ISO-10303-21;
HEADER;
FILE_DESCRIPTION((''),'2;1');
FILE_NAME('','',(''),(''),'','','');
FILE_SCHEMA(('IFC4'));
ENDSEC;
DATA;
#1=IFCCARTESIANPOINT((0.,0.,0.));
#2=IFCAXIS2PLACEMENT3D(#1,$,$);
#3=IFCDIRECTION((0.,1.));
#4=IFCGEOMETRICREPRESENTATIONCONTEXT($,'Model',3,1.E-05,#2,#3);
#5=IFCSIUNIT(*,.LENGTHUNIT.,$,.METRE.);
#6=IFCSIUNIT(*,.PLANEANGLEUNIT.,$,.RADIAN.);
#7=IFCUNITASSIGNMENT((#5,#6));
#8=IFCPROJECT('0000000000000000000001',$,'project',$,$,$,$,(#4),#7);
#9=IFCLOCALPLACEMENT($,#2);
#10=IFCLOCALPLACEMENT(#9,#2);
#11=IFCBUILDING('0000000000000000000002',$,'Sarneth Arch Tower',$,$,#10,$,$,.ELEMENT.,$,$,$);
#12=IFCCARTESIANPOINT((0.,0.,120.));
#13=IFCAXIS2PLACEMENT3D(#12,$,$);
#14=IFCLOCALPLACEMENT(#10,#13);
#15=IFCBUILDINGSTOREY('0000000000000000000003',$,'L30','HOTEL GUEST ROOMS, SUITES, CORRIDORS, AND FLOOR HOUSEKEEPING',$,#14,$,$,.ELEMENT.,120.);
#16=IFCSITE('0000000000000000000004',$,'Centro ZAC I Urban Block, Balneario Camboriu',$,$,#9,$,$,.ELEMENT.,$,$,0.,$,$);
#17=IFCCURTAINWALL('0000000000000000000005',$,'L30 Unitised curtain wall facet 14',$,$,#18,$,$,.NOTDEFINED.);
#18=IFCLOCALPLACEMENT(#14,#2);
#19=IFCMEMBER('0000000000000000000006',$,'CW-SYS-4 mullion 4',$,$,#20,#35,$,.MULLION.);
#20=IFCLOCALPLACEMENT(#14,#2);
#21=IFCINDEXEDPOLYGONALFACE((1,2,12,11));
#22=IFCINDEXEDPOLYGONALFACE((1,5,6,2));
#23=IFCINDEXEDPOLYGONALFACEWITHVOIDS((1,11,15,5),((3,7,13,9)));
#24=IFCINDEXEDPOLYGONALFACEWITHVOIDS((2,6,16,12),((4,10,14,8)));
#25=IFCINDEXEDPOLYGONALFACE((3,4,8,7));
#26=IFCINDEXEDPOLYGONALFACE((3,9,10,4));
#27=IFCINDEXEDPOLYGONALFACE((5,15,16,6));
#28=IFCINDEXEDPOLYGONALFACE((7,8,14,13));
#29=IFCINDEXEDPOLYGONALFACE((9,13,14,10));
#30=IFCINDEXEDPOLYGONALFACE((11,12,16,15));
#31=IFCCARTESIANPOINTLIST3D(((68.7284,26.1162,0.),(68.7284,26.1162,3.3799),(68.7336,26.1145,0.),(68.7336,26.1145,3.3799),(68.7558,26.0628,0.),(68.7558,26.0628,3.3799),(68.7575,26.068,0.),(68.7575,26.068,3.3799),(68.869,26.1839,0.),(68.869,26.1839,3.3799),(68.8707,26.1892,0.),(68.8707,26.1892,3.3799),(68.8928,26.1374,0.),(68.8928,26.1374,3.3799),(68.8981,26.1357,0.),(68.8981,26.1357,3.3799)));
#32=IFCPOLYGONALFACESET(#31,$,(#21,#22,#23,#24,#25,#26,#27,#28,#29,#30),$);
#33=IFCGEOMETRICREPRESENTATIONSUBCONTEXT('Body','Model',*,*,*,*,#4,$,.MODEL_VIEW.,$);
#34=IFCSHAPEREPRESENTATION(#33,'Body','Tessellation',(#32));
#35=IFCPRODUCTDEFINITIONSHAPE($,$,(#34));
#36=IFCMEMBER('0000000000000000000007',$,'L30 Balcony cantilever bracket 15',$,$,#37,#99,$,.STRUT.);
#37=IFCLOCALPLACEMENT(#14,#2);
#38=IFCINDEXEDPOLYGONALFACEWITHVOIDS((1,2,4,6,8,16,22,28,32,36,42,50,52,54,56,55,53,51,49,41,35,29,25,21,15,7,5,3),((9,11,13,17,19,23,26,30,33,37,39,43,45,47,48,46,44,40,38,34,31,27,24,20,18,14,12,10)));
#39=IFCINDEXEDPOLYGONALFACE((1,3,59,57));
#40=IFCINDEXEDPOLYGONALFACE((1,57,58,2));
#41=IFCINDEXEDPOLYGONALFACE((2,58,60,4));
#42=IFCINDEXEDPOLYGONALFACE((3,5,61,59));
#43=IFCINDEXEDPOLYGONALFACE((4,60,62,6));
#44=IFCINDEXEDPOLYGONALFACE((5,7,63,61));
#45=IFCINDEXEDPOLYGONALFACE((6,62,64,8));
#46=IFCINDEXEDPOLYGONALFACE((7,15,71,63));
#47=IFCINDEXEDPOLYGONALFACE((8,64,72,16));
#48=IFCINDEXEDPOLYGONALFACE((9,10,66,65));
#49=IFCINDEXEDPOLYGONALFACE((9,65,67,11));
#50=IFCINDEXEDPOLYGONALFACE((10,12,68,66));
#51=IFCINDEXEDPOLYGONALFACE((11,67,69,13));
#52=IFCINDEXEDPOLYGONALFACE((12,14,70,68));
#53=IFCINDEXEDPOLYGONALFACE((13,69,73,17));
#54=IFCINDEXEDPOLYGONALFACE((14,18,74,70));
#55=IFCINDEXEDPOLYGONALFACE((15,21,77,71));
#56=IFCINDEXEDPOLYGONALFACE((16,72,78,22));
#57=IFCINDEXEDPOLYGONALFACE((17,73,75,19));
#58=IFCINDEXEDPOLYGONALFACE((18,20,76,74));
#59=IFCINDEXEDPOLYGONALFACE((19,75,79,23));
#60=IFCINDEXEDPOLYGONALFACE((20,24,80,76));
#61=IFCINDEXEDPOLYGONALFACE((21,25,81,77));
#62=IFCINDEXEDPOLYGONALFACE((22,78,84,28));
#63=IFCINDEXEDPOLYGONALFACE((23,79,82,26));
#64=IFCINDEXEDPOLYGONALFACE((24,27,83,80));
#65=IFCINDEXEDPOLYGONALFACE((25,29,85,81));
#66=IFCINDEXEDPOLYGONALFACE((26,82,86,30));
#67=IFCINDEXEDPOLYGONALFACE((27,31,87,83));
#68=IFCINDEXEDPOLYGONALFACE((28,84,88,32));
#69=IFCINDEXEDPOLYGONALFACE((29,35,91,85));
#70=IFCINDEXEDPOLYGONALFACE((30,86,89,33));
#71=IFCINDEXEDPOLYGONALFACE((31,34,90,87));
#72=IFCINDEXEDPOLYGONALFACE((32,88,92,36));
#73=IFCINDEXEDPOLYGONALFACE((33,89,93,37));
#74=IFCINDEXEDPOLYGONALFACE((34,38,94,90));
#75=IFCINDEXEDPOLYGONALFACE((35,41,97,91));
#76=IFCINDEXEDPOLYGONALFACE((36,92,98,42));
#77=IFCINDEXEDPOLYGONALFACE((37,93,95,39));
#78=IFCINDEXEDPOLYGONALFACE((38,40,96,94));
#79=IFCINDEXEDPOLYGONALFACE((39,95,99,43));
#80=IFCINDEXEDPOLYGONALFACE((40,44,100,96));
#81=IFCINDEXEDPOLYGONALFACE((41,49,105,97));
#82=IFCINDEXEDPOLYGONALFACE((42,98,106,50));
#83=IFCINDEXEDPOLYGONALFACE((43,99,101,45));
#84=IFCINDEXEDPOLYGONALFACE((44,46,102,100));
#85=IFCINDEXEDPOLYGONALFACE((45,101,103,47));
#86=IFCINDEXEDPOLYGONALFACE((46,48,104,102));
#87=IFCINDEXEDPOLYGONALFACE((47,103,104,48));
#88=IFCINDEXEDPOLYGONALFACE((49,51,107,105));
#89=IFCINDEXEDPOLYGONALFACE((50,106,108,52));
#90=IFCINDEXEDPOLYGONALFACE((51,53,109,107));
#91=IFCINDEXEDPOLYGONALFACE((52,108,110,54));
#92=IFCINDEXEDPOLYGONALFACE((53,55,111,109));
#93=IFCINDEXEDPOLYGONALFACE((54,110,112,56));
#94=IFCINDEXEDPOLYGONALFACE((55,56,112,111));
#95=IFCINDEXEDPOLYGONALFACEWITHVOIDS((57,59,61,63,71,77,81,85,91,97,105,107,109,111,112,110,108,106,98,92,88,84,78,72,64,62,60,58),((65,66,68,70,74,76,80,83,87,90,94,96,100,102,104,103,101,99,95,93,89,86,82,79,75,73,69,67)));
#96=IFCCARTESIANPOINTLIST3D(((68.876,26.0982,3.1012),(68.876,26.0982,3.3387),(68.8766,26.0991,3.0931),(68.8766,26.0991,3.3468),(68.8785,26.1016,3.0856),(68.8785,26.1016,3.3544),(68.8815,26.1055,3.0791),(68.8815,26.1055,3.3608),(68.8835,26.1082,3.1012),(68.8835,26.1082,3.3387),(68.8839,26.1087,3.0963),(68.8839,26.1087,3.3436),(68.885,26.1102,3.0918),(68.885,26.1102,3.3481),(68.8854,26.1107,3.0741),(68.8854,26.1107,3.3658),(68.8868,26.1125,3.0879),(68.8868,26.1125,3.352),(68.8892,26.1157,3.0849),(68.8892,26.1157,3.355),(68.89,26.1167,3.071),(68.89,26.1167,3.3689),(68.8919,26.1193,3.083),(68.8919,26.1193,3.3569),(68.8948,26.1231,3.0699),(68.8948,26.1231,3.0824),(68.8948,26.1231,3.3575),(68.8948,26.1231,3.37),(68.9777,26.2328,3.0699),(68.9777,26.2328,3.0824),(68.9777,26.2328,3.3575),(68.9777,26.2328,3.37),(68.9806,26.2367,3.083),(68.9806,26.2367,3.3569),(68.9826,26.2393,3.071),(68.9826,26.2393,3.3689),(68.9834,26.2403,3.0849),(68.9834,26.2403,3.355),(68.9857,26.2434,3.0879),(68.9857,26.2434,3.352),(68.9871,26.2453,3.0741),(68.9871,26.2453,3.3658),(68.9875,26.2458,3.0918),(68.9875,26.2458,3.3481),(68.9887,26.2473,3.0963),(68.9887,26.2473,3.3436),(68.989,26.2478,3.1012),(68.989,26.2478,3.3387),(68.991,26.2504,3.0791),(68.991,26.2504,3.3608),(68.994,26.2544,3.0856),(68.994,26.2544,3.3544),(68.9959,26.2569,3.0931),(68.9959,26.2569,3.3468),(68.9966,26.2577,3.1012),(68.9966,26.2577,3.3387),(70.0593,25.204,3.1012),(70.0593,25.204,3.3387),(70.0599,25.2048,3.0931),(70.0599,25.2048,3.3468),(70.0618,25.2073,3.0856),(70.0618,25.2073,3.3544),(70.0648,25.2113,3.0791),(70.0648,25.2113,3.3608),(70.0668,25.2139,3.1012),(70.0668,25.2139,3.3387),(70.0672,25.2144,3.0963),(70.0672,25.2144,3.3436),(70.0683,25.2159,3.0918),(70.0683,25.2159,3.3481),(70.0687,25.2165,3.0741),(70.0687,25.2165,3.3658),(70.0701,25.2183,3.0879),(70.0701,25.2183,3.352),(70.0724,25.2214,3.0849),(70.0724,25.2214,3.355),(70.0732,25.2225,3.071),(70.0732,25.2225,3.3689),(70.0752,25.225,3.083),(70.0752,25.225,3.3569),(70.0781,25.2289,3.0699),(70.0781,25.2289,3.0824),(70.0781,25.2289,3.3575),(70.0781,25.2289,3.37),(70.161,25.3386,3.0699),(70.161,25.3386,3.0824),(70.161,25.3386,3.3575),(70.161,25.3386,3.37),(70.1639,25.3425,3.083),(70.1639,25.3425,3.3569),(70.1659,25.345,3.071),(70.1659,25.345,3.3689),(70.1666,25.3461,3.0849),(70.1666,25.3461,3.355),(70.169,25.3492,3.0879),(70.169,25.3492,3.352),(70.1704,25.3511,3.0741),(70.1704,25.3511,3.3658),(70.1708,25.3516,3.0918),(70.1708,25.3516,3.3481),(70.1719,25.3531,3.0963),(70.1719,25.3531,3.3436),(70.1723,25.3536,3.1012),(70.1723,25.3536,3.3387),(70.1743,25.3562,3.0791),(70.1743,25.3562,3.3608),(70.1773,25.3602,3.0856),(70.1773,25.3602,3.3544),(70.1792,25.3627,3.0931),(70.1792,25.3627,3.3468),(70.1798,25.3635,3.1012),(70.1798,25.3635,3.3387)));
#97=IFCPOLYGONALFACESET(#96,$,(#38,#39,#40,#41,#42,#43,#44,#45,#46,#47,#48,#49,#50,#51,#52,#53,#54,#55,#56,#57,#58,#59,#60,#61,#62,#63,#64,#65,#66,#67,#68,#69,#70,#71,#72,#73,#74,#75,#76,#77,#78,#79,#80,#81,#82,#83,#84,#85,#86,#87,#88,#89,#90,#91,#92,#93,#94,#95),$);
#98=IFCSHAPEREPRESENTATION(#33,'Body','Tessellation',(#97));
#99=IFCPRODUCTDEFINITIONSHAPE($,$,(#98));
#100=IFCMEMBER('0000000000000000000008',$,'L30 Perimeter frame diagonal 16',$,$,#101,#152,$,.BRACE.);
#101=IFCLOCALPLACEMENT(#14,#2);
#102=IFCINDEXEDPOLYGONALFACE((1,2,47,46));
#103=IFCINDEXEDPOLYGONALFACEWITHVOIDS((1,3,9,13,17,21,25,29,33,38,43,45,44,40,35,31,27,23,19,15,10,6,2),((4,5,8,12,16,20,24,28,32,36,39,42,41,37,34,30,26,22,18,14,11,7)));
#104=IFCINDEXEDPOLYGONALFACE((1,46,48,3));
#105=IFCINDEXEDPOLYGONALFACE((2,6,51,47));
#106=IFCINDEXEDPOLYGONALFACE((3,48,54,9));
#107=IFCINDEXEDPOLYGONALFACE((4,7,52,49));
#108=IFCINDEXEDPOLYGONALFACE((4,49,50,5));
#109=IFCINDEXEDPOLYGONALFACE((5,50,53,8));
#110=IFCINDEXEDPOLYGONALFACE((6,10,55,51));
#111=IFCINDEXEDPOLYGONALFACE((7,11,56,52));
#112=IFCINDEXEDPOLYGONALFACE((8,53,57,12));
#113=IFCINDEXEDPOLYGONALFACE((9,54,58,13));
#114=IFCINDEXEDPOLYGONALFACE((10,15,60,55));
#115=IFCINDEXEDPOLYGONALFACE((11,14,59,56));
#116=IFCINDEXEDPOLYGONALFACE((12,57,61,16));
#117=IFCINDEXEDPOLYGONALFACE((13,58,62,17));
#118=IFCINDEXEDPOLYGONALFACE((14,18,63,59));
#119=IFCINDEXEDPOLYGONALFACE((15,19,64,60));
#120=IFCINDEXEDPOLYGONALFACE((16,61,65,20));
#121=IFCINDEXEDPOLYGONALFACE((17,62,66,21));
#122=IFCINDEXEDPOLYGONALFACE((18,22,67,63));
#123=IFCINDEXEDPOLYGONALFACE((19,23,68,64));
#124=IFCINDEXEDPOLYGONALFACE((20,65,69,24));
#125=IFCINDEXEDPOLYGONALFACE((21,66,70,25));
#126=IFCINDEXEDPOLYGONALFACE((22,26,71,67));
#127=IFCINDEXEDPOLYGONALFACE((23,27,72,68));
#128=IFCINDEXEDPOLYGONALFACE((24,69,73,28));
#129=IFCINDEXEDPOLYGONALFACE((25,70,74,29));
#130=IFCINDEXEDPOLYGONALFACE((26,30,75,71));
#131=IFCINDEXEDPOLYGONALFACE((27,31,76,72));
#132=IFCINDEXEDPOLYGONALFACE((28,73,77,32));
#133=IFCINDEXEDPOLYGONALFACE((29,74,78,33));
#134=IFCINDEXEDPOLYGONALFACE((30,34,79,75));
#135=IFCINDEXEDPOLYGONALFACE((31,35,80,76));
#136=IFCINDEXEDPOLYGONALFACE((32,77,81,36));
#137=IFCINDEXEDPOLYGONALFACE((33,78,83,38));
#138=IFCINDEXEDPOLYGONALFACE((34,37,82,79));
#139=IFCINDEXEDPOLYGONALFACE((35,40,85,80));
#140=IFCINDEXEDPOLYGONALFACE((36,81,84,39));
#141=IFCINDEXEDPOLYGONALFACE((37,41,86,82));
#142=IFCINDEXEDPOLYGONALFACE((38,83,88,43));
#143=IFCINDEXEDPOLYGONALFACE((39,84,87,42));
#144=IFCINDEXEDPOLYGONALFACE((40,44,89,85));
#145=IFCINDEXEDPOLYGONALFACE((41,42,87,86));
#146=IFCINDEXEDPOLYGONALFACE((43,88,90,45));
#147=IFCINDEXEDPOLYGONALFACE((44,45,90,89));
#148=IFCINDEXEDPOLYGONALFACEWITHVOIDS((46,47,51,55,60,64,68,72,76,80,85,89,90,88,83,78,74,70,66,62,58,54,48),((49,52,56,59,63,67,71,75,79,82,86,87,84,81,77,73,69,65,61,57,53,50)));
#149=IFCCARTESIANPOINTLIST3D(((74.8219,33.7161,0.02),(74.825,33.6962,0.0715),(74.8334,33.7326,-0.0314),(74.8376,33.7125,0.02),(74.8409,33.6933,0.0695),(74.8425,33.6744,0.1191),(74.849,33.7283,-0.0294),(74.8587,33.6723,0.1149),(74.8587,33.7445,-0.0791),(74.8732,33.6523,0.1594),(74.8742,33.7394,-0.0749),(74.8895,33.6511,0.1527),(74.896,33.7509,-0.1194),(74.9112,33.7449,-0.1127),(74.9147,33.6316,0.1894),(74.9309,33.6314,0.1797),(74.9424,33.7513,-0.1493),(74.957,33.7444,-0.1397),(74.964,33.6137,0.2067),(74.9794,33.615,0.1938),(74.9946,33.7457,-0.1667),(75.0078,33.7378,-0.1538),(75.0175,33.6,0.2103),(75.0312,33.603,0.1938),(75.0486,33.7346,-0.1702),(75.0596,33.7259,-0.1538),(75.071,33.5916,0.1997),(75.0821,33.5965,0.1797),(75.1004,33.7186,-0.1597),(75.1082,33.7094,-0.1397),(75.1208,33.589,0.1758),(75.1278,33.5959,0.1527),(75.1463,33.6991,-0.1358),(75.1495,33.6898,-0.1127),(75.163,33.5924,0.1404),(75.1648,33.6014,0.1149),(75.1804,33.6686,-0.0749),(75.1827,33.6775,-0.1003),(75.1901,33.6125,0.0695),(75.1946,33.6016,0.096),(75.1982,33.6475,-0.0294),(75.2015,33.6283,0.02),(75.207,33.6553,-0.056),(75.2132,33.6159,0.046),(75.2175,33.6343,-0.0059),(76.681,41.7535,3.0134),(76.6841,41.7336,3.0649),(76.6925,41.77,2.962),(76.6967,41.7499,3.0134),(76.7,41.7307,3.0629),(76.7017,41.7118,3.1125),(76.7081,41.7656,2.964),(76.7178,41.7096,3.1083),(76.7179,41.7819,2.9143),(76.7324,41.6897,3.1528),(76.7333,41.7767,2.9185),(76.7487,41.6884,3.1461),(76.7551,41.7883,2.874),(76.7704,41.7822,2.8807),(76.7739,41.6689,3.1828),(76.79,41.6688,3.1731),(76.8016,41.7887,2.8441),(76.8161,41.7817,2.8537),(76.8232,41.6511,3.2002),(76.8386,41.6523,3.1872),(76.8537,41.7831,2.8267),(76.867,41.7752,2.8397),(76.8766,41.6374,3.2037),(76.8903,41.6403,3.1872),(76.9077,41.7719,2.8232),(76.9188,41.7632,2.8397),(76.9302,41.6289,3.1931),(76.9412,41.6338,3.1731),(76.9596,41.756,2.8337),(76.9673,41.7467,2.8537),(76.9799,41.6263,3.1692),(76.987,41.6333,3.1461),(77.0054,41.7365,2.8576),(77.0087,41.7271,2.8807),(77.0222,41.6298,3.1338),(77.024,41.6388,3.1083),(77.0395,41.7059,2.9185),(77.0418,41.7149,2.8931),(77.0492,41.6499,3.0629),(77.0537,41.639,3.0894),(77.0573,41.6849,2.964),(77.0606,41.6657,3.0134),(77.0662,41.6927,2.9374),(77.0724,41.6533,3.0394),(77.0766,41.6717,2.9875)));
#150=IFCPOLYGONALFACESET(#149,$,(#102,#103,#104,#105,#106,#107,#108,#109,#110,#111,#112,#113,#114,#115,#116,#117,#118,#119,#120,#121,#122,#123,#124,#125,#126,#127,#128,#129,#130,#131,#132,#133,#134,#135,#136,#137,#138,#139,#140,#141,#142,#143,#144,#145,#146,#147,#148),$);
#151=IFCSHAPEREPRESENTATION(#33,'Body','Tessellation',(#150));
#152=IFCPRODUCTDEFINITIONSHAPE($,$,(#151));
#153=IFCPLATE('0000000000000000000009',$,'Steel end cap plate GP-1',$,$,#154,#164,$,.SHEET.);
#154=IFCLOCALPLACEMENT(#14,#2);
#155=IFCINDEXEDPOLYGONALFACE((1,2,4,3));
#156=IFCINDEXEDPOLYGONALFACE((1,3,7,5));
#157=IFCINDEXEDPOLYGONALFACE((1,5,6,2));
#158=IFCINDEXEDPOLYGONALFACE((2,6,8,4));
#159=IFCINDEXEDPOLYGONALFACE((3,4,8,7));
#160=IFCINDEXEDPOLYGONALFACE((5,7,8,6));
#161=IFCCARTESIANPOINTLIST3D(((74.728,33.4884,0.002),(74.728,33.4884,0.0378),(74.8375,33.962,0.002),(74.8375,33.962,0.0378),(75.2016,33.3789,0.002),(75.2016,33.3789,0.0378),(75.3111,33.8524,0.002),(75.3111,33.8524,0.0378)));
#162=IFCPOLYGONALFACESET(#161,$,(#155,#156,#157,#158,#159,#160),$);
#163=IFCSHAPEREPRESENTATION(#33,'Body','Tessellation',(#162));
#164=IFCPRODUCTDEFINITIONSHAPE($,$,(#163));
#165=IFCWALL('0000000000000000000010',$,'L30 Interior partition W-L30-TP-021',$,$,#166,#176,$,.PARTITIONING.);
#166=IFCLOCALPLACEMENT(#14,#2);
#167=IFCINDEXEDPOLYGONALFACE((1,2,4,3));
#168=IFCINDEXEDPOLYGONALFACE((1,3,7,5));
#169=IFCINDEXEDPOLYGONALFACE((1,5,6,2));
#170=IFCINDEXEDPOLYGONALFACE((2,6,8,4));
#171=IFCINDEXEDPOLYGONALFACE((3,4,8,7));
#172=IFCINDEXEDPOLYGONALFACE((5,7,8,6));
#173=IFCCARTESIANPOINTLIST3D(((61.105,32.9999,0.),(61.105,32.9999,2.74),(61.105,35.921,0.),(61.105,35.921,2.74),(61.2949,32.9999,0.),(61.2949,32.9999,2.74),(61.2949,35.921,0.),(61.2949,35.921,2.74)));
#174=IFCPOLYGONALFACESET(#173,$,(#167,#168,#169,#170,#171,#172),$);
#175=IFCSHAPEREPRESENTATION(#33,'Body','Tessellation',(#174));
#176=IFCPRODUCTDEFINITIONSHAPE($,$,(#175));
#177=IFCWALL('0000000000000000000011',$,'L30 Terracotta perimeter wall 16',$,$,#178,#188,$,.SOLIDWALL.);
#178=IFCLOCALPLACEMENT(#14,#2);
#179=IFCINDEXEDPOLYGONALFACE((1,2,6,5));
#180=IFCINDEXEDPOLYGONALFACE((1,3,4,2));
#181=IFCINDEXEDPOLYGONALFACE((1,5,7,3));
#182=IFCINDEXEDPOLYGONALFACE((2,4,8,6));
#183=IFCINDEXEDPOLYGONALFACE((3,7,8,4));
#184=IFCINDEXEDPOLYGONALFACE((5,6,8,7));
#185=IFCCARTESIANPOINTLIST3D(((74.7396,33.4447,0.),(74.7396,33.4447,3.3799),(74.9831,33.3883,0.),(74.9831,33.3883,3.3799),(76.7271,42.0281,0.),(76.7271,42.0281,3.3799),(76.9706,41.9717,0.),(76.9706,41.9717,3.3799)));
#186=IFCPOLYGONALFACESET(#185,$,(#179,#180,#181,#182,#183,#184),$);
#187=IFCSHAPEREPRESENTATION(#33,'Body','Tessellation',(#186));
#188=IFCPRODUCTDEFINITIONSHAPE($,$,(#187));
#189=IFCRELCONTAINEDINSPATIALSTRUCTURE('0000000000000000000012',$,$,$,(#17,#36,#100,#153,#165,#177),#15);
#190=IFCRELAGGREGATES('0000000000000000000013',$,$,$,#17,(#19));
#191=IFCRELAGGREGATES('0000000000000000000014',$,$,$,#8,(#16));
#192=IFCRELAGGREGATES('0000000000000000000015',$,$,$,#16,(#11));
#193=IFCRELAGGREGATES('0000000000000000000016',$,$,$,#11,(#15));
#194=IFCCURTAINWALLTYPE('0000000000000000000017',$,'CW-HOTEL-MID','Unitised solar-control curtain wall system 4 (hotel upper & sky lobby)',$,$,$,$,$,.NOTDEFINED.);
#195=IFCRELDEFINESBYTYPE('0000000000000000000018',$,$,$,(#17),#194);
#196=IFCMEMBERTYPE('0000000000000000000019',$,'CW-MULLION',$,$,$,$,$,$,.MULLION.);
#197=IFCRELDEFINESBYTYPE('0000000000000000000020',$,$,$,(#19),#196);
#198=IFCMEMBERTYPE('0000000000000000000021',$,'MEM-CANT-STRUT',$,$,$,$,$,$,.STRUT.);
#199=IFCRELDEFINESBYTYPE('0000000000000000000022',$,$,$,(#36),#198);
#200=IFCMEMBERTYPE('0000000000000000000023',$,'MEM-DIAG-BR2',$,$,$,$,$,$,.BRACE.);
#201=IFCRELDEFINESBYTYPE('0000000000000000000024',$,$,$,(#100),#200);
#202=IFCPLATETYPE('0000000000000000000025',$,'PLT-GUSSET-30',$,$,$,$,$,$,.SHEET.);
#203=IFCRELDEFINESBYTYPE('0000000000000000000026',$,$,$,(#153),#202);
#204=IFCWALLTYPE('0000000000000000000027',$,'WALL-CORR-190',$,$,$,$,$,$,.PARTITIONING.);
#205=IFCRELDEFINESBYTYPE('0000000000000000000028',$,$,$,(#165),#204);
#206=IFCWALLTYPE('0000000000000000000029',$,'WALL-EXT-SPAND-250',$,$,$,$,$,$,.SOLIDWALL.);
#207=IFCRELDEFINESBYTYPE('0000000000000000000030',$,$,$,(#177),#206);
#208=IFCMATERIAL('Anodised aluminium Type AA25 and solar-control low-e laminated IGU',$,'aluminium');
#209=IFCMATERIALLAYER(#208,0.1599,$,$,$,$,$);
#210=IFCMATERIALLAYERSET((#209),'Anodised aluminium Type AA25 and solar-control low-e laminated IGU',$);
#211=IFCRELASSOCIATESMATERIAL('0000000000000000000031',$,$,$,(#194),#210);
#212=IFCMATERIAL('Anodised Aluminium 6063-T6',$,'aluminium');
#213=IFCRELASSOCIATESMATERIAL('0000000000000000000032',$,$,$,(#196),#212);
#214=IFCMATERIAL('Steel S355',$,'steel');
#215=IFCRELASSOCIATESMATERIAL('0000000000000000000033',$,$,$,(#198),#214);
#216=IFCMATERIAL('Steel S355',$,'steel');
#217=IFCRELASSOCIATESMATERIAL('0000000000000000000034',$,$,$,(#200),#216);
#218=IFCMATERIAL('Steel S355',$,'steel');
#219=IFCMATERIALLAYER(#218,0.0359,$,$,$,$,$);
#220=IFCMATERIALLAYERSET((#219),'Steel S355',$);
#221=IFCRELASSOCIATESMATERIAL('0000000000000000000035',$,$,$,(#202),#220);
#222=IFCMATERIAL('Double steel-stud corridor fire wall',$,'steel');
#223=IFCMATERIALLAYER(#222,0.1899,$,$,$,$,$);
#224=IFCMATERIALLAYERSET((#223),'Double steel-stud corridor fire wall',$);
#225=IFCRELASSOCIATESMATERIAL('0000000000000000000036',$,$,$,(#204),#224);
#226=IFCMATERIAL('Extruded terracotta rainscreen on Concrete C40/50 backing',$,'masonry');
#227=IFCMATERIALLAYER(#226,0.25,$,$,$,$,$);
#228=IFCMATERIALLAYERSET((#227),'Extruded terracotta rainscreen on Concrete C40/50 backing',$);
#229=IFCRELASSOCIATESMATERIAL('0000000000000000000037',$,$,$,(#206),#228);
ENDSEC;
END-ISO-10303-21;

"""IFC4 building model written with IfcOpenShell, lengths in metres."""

from ifc_helpers import new_model, si_unit, direction, frame, frame_2d, origin, origin_2d, place, context, subcontext, project, spatial, rectangle, hollow_rectangle, hollow_circle, extrude, material, layer, layer_set, material_profile, profile_set, type_object, element, aggregate, save


model = new_model("IFC4")

# Units and contexts
model_context = context("Model", 3, precision=1e-05, world=origin(), true_north=direction((0.0, 1.0)))
body_context = subcontext(model_context, "Body", "Model", "MODEL_VIEW")
ifc_project = project(units=[si_unit("LENGTHUNIT", "METRE"), si_unit("PLANEANGLEUNIT", "RADIAN")], contexts=[model_context])

# Site, building, storey
site_placement = place(None, origin())
site = spatial("IfcSite", under=ifc_project, at=site_placement, Name="Centro ZAC I Urban Block, Balneario Camboriu", CompositionType="ELEMENT", RefElevation=0.0)
building_placement = place(site_placement, origin())
building = spatial("IfcBuilding", under=site, at=building_placement, Name="Sarneth Arch Tower", CompositionType="ELEMENT")
storey_placement = place(building_placement, frame((0.0, 0.0, 120.0)))
storey = spatial("IfcBuildingStorey", under=building, at=storey_placement, Name="L30", Description="HOTEL GUEST ROOMS, SUITES, CORRIDORS, AND FLOOR HOUSEKEEPING", CompositionType="ELEMENT", Elevation=120.0)

# Curtain wall, member
ifc_material_1 = material(Name="Anodised aluminium Type AA25 and solar-control low-e laminated IGU", Category="aluminium")
ifc_layer_1 = layer(ifc_material_1, 0.1599)
ifc_layer_set_1 = layer_set([ifc_layer_1], Name="Anodised aluminium Type AA25 and solar-control low-e laminated IGU")
curtain_wall_type = type_object("IfcCurtainWallType", Name="CW-HOTEL-MID", Description="Unitised solar-control curtain wall system 4 (hotel upper & sky lobby)", PredefinedType="NOTDEFINED", material=ifc_layer_set_1)
curtain_wall_placement = place(storey_placement, origin())
curtain_wall = element("IfcCurtainWall", 1, at=curtain_wall_placement, inside=storey, type_object=curtain_wall_type, Name="L30 Unitised curtain wall facet 14", PredefinedType="NOTDEFINED")
ifc_material_2 = material(Name="Anodised Aluminium 6063-T6", Category="aluminium")
ifc_material_profile_1 = material_profile(ifc_material_2, hollow_rectangle(XDim=0.0601, YDim=0.1599, WallThickness=0.0039, at=origin_2d()), Name="AL-MULL-160x60x4")
ifc_profile_set_1 = profile_set([ifc_material_profile_1], Name="Anodised Aluminium 6063-T6")
member_type_1 = type_object("IfcMemberType", Name="CW-MULLION", PredefinedType="MULLION", material=ifc_profile_set_1)
member_1_placement = place(storey_placement, frame((68.8132, 26.126, 0.0), z_axis=(0.0, 0.0, 1.0), x_axis=(-0.456031, 0.889964, 0.0)))
member_1 = element("IfcMember", 2, at=member_1_placement, type_object=member_type_1, Name="CW-SYS-4 mullion 4", PredefinedType="MULLION", context=body_context, shape_type="SweptSolid", body=[
    extrude(hollow_rectangle(XDim=0.0601, YDim=0.1599, WallThickness=0.0039, at=origin_2d()), origin(), (0.0, 0.0, 1.0), 3.3799),
])
aggregate(curtain_wall, [member_1])

# Members
ifc_material_3 = material(Name="Steel S355", Category="steel")
ifc_material_profile_2 = material_profile(ifc_material_3, hollow_rectangle(XDim=0.2, YDim=0.3, WallThickness=0.0125, InnerFilletRadius=0.0188, OuterFilletRadius=0.0312, at=origin_2d()), Name="RHS300x200x12.5")
ifc_profile_set_2 = profile_set([ifc_material_profile_2], Name="Steel S355")
member_type_2 = type_object("IfcMemberType", Name="MEM-CANT-STRUT", PredefinedType="STRUT", material=ifc_profile_set_2)
member_2_placement = place(storey_placement, frame((68.9363, 26.178, 3.22), z_axis=(0.797802, -0.602919, 0.0), x_axis=(0.602919, 0.797802, 0.0)))
element("IfcMember", 3, at=member_2_placement, inside=storey, type_object=member_type_2, Name="L30 Balcony cantilever bracket 15", PredefinedType="STRUT", context=body_context, shape_type="SweptSolid", body=[
    extrude(hollow_rectangle(XDim=0.2, YDim=0.3, WallThickness=0.0125, InnerFilletRadius=0.0188, OuterFilletRadius=0.0312, at=origin_2d()), origin(), (0.0, 0.0, 1.0), 1.4832),
])
ifc_material_4 = material(Name="Steel S355", Category="steel")
ifc_material_profile_3 = material_profile(ifc_material_4, hollow_circle(Radius=0.2029, WallThickness=0.0161, at=origin_2d()), Name="CHS406x16")
ifc_profile_set_3 = profile_set([ifc_material_profile_3], Name="Steel S355")
member_type_3 = type_object("IfcMemberType", Name="MEM-DIAG-BR2", PredefinedType="BRACE", material=ifc_profile_set_3)
member_3_placement = place(storey_placement, frame((75.0195, 33.6704, 0.02), z_axis=(0.211846, 0.915847, 0.341095), x_axis=(-0.974275, 0.225361, 0.0)))
element("IfcMember", 4, at=member_3_placement, inside=storey, type_object=member_type_3, Name="L30 Perimeter frame diagonal 16", PredefinedType="BRACE", context=body_context, shape_type="SweptSolid", body=[
    extrude(hollow_circle(Radius=0.2029, WallThickness=0.0161, at=origin_2d()), origin(), (0.0, 0.0, 1.0), 8.7759),
])

# Plate
ifc_material_5 = material(Name="Steel S355", Category="steel")
ifc_layer_2 = layer(ifc_material_5, 0.0359)
ifc_layer_set_2 = layer_set([ifc_layer_2], Name="Steel S355")
plate_type = type_object("IfcPlateType", Name="PLT-GUSSET-30", PredefinedType="SHEET", material=ifc_layer_set_2)
plate_placement = place(storey_placement, frame((75.0195, 33.6704, 0.002), z_axis=(0.0, 0.0, 1.0), x_axis=(0.225291, 0.974291, 0.0)))
element("IfcPlate", 5, at=plate_placement, inside=storey, type_object=plate_type, Name="Steel end cap plate GP-1", PredefinedType="SHEET", context=body_context, shape_type="SweptSolid", body=[
    extrude(rectangle(XDim=0.4861, YDim=0.4861, at=origin_2d()), origin(), (0.0, 0.0, 1.0), 0.0359),
])

# Walls
ifc_material_6 = material(Name="Double steel-stud corridor fire wall", Category="steel")
ifc_layer_3 = layer(ifc_material_6, 0.1899)
ifc_layer_set_3 = layer_set([ifc_layer_3], Name="Double steel-stud corridor fire wall")
wall_type_1 = type_object("IfcWallType", Name="WALL-CORR-190", PredefinedType="PARTITIONING", material=ifc_layer_set_3)
wall_1_placement = place(storey_placement, frame((61.2, 33.0, 0.0), z_axis=(0.0, 0.0, 1.0), x_axis=(0.0, 1.0, 0.0)))
element("IfcWall", 6, at=wall_1_placement, inside=storey, type_object=wall_type_1, Name="L30 Interior partition W-L30-TP-021", PredefinedType="PARTITIONING", context=body_context, shape_type="SweptSolid", body=[
    extrude(rectangle(XDim=2.9211, YDim=0.1899, at=frame_2d((1.4604, 0.0))), origin(), (0.0, 0.0, 1.0), 2.74),
])
ifc_material_7 = material(Name="Extruded terracotta rainscreen on Concrete C40/50 backing", Category="masonry")
ifc_layer_4 = layer(ifc_material_7, 0.25)
ifc_layer_set_4 = layer_set([ifc_layer_4], Name="Extruded terracotta rainscreen on Concrete C40/50 backing")
wall_type_2 = type_object("IfcWallType", Name="WALL-EXT-SPAND-250", PredefinedType="SOLIDWALL", material=ifc_layer_set_4)
wall_2_placement = place(storey_placement, frame((74.8613, 33.4165, 0.0), z_axis=(0.0, 0.0, 1.0), x_axis=(0.225586, 0.974223, 0.0)))
element("IfcWall", 7, at=wall_2_placement, inside=storey, type_object=wall_type_2, Name="L30 Terracotta perimeter wall 16", PredefinedType="SOLIDWALL", context=body_context, shape_type="SweptSolid", body=[
    extrude(rectangle(XDim=8.8105, YDim=0.25, at=frame_2d((4.4053, 0.0))), origin(), (0.0, 0.0, 1.0), 3.3799),
])

save(model, "model.ifc")
